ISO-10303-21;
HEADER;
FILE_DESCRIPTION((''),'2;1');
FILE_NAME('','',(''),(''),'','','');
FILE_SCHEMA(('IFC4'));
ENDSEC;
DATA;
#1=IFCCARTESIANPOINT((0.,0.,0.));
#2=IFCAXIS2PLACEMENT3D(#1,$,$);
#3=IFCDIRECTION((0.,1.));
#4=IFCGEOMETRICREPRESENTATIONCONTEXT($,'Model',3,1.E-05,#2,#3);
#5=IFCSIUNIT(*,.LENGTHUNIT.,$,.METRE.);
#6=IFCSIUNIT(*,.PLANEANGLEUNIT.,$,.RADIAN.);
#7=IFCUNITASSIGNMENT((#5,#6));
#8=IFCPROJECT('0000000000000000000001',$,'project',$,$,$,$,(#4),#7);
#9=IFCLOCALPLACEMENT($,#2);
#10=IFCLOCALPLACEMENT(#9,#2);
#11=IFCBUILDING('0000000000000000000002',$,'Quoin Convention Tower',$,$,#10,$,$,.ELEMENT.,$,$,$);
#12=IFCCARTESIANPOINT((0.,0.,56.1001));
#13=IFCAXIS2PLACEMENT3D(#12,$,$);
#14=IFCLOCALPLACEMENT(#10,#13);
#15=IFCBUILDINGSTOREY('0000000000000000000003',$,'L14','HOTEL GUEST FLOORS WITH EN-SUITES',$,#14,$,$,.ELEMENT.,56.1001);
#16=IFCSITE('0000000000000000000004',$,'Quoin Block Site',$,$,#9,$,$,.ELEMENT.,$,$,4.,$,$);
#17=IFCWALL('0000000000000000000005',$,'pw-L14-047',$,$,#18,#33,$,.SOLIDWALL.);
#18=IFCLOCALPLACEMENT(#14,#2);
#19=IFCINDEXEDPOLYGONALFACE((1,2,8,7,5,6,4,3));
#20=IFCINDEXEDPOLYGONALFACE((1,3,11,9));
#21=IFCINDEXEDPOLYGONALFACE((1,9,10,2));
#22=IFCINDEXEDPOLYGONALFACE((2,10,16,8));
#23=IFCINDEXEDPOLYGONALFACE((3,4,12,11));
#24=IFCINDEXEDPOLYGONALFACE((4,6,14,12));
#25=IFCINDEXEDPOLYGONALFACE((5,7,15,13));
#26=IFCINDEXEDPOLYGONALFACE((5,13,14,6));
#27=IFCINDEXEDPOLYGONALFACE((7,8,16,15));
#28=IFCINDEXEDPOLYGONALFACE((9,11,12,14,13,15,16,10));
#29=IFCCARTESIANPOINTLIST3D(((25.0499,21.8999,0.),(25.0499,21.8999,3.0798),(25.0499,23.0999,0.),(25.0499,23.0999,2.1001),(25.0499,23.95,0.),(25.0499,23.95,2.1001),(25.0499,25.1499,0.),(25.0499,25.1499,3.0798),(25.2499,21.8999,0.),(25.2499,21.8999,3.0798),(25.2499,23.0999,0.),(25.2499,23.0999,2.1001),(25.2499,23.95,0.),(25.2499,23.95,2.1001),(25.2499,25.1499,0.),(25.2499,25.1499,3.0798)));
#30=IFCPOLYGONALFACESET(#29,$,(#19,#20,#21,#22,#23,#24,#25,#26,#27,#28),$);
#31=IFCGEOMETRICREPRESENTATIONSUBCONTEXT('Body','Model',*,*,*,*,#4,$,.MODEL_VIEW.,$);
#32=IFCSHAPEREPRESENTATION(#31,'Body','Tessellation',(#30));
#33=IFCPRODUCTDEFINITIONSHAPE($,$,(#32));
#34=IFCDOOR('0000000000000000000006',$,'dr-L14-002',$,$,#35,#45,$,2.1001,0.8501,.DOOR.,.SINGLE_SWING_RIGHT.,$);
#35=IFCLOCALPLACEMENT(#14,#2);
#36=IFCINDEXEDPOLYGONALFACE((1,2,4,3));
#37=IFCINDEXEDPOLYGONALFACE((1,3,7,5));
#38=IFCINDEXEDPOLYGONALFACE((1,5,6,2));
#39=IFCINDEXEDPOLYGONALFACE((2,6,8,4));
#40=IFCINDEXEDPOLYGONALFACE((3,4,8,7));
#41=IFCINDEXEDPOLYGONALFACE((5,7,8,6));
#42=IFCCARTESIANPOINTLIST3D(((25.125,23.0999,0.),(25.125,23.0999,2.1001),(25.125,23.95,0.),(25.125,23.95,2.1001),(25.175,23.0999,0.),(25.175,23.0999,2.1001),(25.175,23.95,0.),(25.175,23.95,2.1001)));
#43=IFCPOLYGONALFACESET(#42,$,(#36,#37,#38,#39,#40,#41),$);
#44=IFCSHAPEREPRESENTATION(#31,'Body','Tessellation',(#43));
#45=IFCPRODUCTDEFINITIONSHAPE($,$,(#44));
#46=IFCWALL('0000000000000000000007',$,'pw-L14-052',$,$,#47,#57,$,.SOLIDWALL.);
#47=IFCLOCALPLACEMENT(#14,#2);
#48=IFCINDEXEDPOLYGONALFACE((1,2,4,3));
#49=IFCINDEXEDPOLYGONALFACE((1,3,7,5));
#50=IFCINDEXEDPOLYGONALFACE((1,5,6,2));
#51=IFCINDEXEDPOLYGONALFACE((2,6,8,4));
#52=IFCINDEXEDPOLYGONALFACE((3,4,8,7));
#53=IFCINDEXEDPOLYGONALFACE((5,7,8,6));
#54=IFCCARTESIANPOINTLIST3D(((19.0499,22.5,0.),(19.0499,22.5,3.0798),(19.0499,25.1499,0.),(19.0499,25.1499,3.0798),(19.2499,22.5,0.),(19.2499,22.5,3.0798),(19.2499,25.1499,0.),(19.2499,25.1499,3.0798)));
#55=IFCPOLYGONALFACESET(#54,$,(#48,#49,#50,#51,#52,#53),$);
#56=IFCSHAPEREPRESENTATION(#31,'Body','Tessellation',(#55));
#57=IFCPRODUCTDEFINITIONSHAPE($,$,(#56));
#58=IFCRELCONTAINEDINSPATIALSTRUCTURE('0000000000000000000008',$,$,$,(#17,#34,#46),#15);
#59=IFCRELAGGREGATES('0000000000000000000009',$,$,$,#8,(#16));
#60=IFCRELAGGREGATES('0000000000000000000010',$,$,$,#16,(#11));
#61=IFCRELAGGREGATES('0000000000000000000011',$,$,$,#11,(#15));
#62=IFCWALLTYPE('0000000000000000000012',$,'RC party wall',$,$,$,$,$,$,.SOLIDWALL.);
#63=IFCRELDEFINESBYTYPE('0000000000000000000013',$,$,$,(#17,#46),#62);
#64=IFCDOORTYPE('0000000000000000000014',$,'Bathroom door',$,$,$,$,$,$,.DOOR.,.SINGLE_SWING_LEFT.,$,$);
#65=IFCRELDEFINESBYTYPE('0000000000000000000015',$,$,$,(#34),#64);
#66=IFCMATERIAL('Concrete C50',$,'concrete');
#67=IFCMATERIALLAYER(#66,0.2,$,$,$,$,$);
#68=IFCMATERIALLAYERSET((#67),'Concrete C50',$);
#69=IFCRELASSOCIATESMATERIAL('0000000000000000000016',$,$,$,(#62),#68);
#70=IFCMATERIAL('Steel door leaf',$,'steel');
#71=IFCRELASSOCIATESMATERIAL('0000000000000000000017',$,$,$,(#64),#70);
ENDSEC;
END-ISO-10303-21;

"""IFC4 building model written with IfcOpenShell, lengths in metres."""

from ifc_helpers import new_model, si_unit, direction, frame, frame_2d, origin, place, context, subcontext, project, spatial, rectangle, extrude, material, layer, layer_set, type_object, element, fill, save


model = new_model("IFC4")

# Units and contexts
model_context = context("Model", 3, precision=1e-05, world=origin(), true_north=direction((0.0, 1.0)))
body_context = subcontext(model_context, "Body", "Model", "MODEL_VIEW")
ifc_project = project(units=[si_unit("LENGTHUNIT", "METRE"), si_unit("PLANEANGLEUNIT", "RADIAN")], contexts=[model_context])

# Site, building, storey
site_placement = place(None, origin())
site = spatial("IfcSite", under=ifc_project, at=site_placement, Name="Quoin Block Site", CompositionType="ELEMENT", RefElevation=4.0)
building_placement = place(site_placement, origin())
building = spatial("IfcBuilding", under=site, at=building_placement, Name="Quoin Convention Tower", CompositionType="ELEMENT")
storey_placement = place(building_placement, frame((0.0, 0.0, 56.1001)))
storey = spatial("IfcBuildingStorey", under=building, at=storey_placement, Name="L14", Description="HOTEL GUEST FLOORS WITH EN-SUITES", CompositionType="ELEMENT", Elevation=56.1001)

# Wall, opening, door
ifc_material_1 = material(Name="Concrete C50", Category="concrete")
ifc_layer_1 = layer(ifc_material_1, 0.2)
ifc_layer_set_1 = layer_set([ifc_layer_1], Name="Concrete C50")
wall_type_1 = type_object("IfcWallType", Name="RC party wall", PredefinedType="SOLIDWALL", material=ifc_layer_set_1)
wall_1_placement = place(storey_placement, frame((25.1499, 21.8999, 0.0), z_axis=(0.0, 0.0, 1.0), x_axis=(0.0, 1.0, 0.0)))
wall_1 = element("IfcWall", 1, at=wall_1_placement, inside=storey, type_object=wall_type_1, Name="pw-L14-047", PredefinedType="SOLIDWALL", context=body_context, shape_type="SweptSolid", body=[
    extrude(rectangle(XDim=3.25, YDim=0.2, at=frame_2d((1.625, 0.0))), origin(), (0.0, 0.0, 1.0), 3.0798),
])
opening_1_placement = place(wall_1_placement, frame((1.2, 0.0, 0.0)))
opening_1 = element("IfcOpeningElement", 2, at=opening_1_placement, cuts=wall_1, PredefinedType="OPENING", context=body_context, shape_type="SweptSolid", body=[
    extrude(rectangle(XDim=0.8501, YDim=2.1001, at=frame_2d((0.425, 1.05))), frame((0.0, 0.1099, 0.0), z_axis=(0.0, -1.0, 0.0), x_axis=(1.0, 0.0, 0.0)), (0.0, 0.0, 1.0), 0.22),
])
ifc_material_2 = material(Name="Steel door leaf", Category="steel")
door_type_1 = type_object("IfcDoorType", Name="Bathroom door", OperationType="SINGLE_SWING_LEFT", PredefinedType="DOOR", material=ifc_material_2)
door_1_placement = place(opening_1_placement, origin())
door_1 = element("IfcDoor", 3, at=door_1_placement, inside=storey, type_object=door_type_1, Name="dr-L14-002", OperationType="SINGLE_SWING_RIGHT", OverallHeight=2.1001, OverallWidth=0.8501, PredefinedType="DOOR", context=body_context, shape_type="SweptSolid", body=[
    extrude(rectangle(XDim=0.8501, YDim=2.1001, at=frame_2d((0.425, 1.05))), frame((0.0, 0.0249, 0.0), z_axis=(0.0, -1.0, 0.0), x_axis=(1.0, 0.0, 0.0)), (0.0, 0.0, 1.0), 0.05),
])
fill(opening_1, door_1)

# Wall
wall_2_placement = place(storey_placement, frame((19.1499, 22.5, 0.0), z_axis=(0.0, 0.0, 1.0), x_axis=(0.0, 1.0, 0.0)))
element("IfcWall", 4, at=wall_2_placement, inside=storey, type_object=wall_type_1, Name="pw-L14-052", PredefinedType="SOLIDWALL", context=body_context, shape_type="SweptSolid", body=[
    extrude(rectangle(XDim=2.6499, YDim=0.2, at=frame_2d((1.325, 0.0))), origin(), (0.0, 0.0, 1.0), 3.0798),
])

save(model, "model.ifc")
